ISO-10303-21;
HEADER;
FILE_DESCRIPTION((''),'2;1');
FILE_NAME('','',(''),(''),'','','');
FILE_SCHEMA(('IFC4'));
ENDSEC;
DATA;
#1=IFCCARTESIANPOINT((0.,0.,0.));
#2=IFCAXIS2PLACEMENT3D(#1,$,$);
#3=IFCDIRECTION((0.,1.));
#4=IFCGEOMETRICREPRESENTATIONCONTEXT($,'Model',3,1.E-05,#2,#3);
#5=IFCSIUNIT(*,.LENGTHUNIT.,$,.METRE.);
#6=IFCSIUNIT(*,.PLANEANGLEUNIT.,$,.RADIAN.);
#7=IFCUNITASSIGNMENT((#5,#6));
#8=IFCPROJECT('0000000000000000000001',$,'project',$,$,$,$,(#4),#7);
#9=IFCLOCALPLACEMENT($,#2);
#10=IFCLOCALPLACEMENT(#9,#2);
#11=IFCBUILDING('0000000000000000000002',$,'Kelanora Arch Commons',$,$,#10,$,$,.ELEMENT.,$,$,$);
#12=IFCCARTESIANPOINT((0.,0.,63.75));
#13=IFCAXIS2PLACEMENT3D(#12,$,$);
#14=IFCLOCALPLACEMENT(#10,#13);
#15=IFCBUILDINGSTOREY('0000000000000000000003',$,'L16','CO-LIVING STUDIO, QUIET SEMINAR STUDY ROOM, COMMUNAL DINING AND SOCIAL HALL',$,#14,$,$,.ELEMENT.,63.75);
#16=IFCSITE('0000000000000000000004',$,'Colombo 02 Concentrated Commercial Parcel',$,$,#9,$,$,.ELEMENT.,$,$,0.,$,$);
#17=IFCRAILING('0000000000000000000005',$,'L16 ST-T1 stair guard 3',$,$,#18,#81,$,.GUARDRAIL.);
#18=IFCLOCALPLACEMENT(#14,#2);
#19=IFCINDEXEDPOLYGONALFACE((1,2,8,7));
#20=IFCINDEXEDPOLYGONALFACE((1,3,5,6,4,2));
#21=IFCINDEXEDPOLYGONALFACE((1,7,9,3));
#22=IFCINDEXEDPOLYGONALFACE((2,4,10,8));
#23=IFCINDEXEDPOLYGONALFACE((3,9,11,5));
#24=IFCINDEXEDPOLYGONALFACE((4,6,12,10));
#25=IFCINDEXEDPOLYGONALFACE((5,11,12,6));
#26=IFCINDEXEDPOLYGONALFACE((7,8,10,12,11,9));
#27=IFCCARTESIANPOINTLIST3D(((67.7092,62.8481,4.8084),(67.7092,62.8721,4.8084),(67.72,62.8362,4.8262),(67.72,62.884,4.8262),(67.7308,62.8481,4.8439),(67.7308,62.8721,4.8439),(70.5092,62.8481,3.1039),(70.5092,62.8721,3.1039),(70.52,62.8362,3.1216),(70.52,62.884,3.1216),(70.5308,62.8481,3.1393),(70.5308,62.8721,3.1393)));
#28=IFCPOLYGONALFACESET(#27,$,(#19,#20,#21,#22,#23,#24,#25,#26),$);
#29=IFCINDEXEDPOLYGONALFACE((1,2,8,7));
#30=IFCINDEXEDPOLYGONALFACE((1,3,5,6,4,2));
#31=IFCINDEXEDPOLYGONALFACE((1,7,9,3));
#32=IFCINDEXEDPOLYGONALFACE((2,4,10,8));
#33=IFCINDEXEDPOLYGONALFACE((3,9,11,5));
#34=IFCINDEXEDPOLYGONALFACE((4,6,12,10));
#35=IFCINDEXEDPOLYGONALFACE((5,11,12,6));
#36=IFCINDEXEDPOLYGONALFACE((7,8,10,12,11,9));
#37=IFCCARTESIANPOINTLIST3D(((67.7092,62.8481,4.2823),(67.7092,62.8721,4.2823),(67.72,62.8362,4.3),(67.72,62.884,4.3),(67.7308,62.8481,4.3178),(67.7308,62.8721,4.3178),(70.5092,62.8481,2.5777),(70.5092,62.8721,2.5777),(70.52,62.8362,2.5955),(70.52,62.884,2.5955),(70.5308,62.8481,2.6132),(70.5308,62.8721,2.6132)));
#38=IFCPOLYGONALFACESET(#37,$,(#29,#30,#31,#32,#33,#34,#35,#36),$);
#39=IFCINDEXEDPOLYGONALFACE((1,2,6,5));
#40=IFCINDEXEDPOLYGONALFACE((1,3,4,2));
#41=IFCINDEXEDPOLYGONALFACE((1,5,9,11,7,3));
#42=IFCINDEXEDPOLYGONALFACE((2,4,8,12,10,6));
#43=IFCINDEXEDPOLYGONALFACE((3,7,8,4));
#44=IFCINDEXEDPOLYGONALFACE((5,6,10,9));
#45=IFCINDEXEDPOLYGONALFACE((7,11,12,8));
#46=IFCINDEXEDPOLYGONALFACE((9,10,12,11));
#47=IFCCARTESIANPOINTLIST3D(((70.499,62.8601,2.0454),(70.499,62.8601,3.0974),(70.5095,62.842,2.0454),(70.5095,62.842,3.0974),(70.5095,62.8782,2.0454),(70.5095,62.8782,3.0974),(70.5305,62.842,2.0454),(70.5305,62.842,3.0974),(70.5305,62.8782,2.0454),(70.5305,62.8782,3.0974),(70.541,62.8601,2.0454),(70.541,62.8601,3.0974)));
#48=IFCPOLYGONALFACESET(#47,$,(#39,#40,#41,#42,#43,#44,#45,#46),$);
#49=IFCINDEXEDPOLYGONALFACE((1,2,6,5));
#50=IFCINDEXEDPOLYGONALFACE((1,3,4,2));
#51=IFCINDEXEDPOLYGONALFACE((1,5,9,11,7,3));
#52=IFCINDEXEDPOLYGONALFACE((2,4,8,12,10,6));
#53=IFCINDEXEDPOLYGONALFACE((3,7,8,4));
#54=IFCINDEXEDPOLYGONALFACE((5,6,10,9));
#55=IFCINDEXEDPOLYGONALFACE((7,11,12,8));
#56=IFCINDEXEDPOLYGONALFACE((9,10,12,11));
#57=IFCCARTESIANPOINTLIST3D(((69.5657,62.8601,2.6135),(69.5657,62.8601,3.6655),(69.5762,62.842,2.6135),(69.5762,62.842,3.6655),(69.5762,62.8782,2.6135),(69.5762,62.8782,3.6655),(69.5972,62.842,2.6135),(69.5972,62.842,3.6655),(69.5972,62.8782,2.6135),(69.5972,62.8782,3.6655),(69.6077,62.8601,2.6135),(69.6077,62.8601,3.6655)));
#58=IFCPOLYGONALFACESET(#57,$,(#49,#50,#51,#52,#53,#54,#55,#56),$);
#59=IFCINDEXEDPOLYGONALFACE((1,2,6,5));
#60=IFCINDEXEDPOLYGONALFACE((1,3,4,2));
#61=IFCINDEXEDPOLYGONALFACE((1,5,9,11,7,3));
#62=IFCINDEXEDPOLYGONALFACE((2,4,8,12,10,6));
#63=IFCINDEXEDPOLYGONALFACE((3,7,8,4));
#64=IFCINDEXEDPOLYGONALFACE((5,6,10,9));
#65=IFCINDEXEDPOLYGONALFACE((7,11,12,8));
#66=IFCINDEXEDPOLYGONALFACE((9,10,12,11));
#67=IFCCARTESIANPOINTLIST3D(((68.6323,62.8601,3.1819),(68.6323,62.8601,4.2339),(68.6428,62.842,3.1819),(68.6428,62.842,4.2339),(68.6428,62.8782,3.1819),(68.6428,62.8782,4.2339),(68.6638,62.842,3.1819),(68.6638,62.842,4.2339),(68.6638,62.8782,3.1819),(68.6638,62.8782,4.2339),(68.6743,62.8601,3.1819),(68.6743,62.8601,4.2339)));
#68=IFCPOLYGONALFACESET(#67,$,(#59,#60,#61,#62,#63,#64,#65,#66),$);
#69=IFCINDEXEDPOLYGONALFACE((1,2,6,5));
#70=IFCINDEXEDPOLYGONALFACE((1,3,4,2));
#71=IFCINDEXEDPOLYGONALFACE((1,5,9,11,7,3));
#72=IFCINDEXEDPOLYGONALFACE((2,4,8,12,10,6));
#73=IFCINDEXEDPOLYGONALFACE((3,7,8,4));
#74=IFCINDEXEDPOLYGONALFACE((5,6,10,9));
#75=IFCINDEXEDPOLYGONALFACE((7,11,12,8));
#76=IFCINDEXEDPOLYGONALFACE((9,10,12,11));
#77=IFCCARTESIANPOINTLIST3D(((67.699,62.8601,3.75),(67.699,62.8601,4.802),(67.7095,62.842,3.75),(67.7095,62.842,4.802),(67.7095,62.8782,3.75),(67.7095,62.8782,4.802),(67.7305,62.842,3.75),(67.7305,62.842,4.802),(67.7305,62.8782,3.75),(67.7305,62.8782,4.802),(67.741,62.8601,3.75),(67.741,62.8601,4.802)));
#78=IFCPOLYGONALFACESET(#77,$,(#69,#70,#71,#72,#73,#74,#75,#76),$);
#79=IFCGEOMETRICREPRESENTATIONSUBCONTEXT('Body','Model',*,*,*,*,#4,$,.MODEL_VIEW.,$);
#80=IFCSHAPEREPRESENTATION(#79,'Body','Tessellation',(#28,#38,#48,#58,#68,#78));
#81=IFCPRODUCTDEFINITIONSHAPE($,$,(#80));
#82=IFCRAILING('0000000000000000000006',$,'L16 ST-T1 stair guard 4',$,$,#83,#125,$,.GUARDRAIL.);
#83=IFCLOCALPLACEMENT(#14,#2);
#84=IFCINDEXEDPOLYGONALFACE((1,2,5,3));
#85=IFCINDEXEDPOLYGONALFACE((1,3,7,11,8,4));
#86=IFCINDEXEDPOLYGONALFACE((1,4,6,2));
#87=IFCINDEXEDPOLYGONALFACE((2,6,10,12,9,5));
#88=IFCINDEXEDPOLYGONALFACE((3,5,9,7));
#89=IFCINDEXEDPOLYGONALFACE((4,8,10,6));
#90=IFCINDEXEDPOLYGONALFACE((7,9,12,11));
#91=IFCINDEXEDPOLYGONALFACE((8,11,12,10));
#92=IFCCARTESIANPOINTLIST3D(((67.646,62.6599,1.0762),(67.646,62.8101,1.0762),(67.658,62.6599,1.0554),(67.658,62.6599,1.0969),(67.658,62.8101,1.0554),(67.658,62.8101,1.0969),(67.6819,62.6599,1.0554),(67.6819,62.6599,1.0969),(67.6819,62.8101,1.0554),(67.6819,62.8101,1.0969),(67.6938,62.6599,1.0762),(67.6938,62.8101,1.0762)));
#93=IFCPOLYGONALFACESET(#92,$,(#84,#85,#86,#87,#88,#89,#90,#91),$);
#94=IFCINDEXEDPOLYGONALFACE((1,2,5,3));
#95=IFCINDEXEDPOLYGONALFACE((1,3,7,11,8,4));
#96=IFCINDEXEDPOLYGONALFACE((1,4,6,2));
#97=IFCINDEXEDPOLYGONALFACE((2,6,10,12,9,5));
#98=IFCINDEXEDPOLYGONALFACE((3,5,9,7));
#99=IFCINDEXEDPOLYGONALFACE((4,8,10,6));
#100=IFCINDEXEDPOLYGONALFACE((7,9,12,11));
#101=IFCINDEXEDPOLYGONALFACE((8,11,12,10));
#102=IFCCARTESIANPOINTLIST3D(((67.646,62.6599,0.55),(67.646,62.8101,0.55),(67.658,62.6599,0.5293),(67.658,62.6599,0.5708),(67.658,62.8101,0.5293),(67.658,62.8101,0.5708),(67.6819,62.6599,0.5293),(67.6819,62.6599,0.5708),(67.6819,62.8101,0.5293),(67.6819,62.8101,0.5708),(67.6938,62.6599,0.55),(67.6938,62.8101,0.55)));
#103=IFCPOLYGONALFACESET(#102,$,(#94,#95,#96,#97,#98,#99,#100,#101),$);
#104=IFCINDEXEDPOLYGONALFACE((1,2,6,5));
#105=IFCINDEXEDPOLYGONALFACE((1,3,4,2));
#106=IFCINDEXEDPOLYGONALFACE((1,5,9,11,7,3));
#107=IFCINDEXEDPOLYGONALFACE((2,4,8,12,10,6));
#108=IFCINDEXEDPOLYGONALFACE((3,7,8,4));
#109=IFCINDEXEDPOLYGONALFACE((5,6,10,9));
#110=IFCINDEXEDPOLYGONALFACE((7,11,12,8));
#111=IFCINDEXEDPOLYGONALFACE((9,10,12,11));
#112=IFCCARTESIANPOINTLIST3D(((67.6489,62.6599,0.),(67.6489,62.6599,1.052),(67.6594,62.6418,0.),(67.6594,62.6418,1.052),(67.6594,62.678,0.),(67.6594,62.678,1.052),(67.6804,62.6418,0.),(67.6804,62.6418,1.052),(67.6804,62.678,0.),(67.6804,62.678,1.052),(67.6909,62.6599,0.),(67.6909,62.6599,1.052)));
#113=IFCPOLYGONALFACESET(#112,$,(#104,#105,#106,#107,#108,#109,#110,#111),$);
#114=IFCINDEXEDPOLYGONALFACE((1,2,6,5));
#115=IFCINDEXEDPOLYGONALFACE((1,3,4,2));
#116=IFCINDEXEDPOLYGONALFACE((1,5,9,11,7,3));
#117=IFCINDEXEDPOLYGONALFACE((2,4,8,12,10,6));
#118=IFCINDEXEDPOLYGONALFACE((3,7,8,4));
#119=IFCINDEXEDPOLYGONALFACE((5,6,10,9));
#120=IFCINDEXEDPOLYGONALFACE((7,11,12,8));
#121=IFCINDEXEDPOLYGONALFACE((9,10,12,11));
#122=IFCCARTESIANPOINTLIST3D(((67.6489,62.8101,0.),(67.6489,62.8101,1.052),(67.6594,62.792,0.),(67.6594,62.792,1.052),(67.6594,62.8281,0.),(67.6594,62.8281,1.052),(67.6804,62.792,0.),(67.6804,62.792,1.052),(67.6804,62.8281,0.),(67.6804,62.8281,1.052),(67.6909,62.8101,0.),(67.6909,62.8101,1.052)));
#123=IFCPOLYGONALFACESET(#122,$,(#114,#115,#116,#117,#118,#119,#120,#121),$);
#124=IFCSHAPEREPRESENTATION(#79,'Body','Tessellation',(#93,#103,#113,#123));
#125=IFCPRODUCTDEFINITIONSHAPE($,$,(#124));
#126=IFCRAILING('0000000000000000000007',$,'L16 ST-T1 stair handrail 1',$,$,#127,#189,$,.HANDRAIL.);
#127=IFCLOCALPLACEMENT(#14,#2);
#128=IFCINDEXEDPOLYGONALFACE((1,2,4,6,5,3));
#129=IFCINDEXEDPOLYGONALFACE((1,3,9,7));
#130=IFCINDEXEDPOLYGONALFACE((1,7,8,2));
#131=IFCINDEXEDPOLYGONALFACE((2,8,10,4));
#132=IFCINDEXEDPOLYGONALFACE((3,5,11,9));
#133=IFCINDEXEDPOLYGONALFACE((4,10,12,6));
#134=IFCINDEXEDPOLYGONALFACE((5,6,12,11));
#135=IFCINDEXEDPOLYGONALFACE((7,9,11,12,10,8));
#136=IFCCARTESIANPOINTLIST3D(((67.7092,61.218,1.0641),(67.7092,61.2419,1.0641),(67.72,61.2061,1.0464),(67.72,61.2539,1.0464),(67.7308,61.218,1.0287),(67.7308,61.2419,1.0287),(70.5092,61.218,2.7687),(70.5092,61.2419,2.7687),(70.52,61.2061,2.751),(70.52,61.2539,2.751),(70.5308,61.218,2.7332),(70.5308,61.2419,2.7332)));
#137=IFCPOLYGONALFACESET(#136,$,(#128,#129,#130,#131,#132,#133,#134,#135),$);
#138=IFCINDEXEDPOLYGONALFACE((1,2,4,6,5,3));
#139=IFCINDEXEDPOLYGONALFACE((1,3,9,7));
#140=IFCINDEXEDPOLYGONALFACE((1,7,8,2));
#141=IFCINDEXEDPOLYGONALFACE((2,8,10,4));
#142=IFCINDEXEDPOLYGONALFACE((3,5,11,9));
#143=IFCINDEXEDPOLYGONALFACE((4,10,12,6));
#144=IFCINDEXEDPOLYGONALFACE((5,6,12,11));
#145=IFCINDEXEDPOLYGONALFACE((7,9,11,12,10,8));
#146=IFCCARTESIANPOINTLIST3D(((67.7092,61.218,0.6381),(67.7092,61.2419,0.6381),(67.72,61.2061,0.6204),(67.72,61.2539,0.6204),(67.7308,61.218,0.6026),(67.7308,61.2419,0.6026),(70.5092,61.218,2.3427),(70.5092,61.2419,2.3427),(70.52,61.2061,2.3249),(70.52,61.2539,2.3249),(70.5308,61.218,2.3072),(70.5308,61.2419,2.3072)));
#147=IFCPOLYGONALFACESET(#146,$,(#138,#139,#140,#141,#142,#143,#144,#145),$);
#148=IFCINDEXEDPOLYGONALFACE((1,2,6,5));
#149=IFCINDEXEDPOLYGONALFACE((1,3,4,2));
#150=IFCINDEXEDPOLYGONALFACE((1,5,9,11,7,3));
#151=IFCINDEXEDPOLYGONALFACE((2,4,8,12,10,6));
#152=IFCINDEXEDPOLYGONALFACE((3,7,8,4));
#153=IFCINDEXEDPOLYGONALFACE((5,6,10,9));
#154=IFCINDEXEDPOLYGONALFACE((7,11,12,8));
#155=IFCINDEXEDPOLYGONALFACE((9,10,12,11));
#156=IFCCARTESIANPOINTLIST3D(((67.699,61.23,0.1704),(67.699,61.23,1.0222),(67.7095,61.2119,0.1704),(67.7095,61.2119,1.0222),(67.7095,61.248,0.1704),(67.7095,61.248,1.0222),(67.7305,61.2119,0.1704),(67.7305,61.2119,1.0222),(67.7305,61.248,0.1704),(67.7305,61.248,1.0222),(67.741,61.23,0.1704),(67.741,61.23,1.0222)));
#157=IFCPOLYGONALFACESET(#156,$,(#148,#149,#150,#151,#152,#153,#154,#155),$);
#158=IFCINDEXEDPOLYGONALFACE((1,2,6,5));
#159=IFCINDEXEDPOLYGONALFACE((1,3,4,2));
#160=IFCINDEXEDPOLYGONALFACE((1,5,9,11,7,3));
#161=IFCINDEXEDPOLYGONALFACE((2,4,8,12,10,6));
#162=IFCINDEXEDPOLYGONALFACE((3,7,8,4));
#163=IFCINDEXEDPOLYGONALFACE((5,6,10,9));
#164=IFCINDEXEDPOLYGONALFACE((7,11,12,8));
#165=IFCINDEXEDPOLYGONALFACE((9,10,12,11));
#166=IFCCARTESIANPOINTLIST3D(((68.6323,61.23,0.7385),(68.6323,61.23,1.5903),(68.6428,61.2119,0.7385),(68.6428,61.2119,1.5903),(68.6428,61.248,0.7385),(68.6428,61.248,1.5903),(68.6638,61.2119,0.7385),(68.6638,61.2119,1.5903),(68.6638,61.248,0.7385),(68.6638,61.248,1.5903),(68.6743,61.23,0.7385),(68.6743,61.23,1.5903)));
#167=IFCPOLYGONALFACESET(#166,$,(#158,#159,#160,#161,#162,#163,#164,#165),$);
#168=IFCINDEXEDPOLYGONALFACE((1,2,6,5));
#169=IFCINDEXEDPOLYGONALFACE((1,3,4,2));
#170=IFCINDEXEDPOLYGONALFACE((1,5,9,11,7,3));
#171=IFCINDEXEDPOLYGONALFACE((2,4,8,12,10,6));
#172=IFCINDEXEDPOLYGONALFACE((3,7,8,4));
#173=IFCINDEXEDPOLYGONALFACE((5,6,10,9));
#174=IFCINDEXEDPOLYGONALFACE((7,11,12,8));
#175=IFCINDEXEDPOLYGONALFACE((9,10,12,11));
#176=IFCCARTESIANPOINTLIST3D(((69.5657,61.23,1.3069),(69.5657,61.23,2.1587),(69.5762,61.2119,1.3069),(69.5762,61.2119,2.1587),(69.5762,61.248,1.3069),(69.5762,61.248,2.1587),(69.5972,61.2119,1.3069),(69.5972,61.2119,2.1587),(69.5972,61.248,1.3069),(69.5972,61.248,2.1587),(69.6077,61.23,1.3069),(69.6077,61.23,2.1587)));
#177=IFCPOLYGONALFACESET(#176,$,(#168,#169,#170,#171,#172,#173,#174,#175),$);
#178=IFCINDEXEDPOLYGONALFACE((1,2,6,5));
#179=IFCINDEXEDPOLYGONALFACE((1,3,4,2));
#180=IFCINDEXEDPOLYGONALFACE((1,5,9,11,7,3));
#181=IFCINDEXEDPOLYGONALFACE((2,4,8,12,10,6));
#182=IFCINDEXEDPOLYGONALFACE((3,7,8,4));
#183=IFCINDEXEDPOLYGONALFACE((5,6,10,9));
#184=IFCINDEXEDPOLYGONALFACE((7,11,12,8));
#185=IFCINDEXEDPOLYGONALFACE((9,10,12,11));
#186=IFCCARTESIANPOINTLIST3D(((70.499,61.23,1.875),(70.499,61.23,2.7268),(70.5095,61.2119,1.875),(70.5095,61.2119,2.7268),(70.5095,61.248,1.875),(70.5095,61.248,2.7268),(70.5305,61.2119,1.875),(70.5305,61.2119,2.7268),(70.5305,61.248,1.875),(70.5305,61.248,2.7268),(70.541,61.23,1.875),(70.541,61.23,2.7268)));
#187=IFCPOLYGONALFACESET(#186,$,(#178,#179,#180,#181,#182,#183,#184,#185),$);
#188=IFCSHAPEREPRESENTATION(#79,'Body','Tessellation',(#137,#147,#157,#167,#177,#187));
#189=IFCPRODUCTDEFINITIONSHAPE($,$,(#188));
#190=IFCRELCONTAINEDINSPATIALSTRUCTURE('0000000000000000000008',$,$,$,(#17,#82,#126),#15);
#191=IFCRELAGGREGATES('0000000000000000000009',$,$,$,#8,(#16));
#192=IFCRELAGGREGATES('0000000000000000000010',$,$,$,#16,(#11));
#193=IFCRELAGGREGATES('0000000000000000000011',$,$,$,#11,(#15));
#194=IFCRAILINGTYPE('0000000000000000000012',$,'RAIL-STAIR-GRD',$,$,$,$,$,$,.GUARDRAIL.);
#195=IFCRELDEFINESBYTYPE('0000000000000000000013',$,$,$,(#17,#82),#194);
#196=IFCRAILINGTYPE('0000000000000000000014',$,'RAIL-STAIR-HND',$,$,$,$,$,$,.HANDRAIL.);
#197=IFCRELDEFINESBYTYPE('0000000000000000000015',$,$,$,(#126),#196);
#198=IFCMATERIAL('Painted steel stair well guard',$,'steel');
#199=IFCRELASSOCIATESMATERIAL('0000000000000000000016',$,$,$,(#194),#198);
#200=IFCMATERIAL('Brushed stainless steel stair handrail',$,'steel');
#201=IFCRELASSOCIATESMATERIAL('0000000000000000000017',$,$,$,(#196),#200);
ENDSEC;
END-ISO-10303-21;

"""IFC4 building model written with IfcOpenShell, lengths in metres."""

from ifc_helpers import new_model, si_unit, direction, frame, origin, place, context, subcontext, project, spatial, polyline, outline, extrude, material, type_object, element, save


model = new_model("IFC4")

# Units and contexts
model_context = context("Model", 3, precision=1e-05, world=origin(), true_north=direction((0.0, 1.0)))
body_context = subcontext(model_context, "Body", "Model", "MODEL_VIEW")
ifc_project = project(units=[si_unit("LENGTHUNIT", "METRE"), si_unit("PLANEANGLEUNIT", "RADIAN")], contexts=[model_context])

# Site, building, storey
site_placement = place(None, origin())
site = spatial("IfcSite", under=ifc_project, at=site_placement, Name="Colombo 02 Concentrated Commercial Parcel", CompositionType="ELEMENT", RefElevation=0.0)
building_placement = place(site_placement, origin())
building = spatial("IfcBuilding", under=site, at=building_placement, Name="Kelanora Arch Commons", CompositionType="ELEMENT")
storey_placement = place(building_placement, frame((0.0, 0.0, 63.75)))
storey = spatial("IfcBuildingStorey", under=building, at=storey_placement, Name="L16", Description="CO-LIVING STUDIO, QUIET SEMINAR STUDY ROOM, COMMUNAL DINING AND SOCIAL HALL", CompositionType="ELEMENT", Elevation=63.75)

# Railings
ifc_material_1 = material(Name="Painted steel stair well guard", Category="steel")
railing_type_1 = type_object("IfcRailingType", Name="RAIL-STAIR-GRD", PredefinedType="GUARDRAIL", material=ifc_material_1)
railing_1_placement = place(storey_placement, frame((70.52, 62.8601, 2.0454)))
element("IfcRailing", 1, at=railing_1_placement, inside=storey, type_object=railing_type_1, Name="L16 ST-T1 stair guard 3", PredefinedType="GUARDRAIL", context=body_context, shape_type="SweptSolid", body=[
    extrude(outline(polyline([(0.0239, 0.0), (0.012, 0.0208), (-0.012, 0.0208), (-0.0239, 0.0), (-0.012, -0.0208), (0.012, -0.0208), (0.0239, 0.0)])), frame((0.0, 0.0, 1.0762), z_axis=(-0.85417, 0.0, 0.519994), x_axis=(0.0, -1.0, 0.0)), (0.0, 0.0, 1.0), 3.2781),
    extrude(outline(polyline([(0.0239, 0.0), (0.012, 0.0208), (-0.012, 0.0208), (-0.0239, 0.0), (-0.012, -0.0208), (0.012, -0.0208), (0.0239, 0.0)])), frame((0.0, 0.0, 0.55), z_axis=(-0.85417, 0.0, 0.519994), x_axis=(0.0, -1.0, 0.0)), (0.0, 0.0, 1.0), 3.2781),
    extrude(outline(polyline([(0.021, 0.0), (0.0105, 0.0181), (-0.0105, 0.0181), (-0.021, 0.0), (-0.0105, -0.0181), (0.0105, -0.0181), (0.021, 0.0)])), origin(), (0.0, 0.0, 1.0), 1.052),
    extrude(outline(polyline([(0.021, 0.0), (0.0105, 0.0181), (-0.0105, 0.0181), (-0.021, 0.0), (-0.0105, -0.0181), (0.0105, -0.0181), (0.021, 0.0)])), frame((-0.9333, 0.0, 0.5681)), (0.0, 0.0, 1.0), 1.052),
    extrude(outline(polyline([(0.021, 0.0), (0.0105, 0.0181), (-0.0105, 0.0181), (-0.021, 0.0), (-0.0105, -0.0181), (0.0105, -0.0181), (0.021, 0.0)])), frame((-1.8667, 0.0, 1.1365)), (0.0, 0.0, 1.0), 1.052),
    extrude(outline(polyline([(0.021, 0.0), (0.0105, 0.0181), (-0.0105, 0.0181), (-0.021, 0.0), (-0.0105, -0.0181), (0.0105, -0.0181), (0.021, 0.0)])), frame((-2.8, 0.0, 1.7046)), (0.0, 0.0, 1.0), 1.052),
])
railing_2_placement = place(storey_placement, frame((67.6699, 62.6599, 0.0)))
element("IfcRailing", 2, at=railing_2_placement, inside=storey, type_object=railing_type_1, Name="L16 ST-T1 stair guard 4", PredefinedType="GUARDRAIL", context=body_context, shape_type="SweptSolid", body=[
    extrude(outline(polyline([(0.0239, 0.0), (0.012, 0.0208), (-0.012, 0.0208), (-0.0239, 0.0), (-0.012, -0.0208), (0.012, -0.0208), (0.0239, 0.0)])), frame((0.0, 0.0, 1.0762), z_axis=(0.0, 1.0, 0.0), x_axis=(-1.0, 0.0, 0.0)), (0.0, 0.0, 1.0), 0.1501),
    extrude(outline(polyline([(0.0239, 0.0), (0.012, 0.0208), (-0.012, 0.0208), (-0.0239, 0.0), (-0.012, -0.0208), (0.012, -0.0208), (0.0239, 0.0)])), frame((0.0, 0.0, 0.55), z_axis=(0.0, 1.0, 0.0), x_axis=(-1.0, 0.0, 0.0)), (0.0, 0.0, 1.0), 0.1501),
    extrude(outline(polyline([(0.021, 0.0), (0.0105, 0.0181), (-0.0105, 0.0181), (-0.021, 0.0), (-0.0105, -0.0181), (0.0105, -0.0181), (0.021, 0.0)])), origin(), (0.0, 0.0, 1.0), 1.052),
    extrude(outline(polyline([(0.021, 0.0), (0.0105, 0.0181), (-0.0105, 0.0181), (-0.021, 0.0), (-0.0105, -0.0181), (0.0105, -0.0181), (0.021, 0.0)])), frame((0.0, 0.1501, 0.0)), (0.0, 0.0, 1.0), 1.052),
])
ifc_material_2 = material(Name="Brushed stainless steel stair handrail", Category="steel")
railing_type_2 = type_object("IfcRailingType", Name="RAIL-STAIR-HND", PredefinedType="HANDRAIL", material=ifc_material_2)
railing_3_placement = place(storey_placement, frame((67.72, 61.23, 0.1704)))
element("IfcRailing", 3, at=railing_3_placement, inside=storey, type_object=railing_type_2, Name="L16 ST-T1 stair handrail 1", PredefinedType="HANDRAIL", context=body_context, shape_type="SweptSolid", body=[
    extrude(outline(polyline([(0.0239, 0.0), (0.012, 0.0208), (-0.012, 0.0208), (-0.0239, 0.0), (-0.012, -0.0208), (0.012, -0.0208), (0.0239, 0.0)])), frame((0.0, 0.0, 0.876), z_axis=(0.85417, 0.0, 0.519994), x_axis=(0.0, 1.0, 0.0)), (0.0, 0.0, 1.0), 3.2781),
    extrude(outline(polyline([(0.0239, 0.0), (0.012, 0.0208), (-0.012, 0.0208), (-0.0239, 0.0), (-0.012, -0.0208), (0.012, -0.0208), (0.0239, 0.0)])), frame((0.0, 0.0, 0.45), z_axis=(0.85417, 0.0, 0.519994), x_axis=(0.0, 1.0, 0.0)), (0.0, 0.0, 1.0), 3.2781),
    extrude(outline(polyline([(0.021, 0.0), (0.0105, 0.0181), (-0.0105, 0.0181), (-0.021, 0.0), (-0.0105, -0.0181), (0.0105, -0.0181), (0.021, 0.0)])), origin(), (0.0, 0.0, 1.0), 0.8518),
    extrude(outline(polyline([(0.021, 0.0), (0.0105, 0.0181), (-0.0105, 0.0181), (-0.021, 0.0), (-0.0105, -0.0181), (0.0105, -0.0181), (0.021, 0.0)])), frame((0.9333, 0.0, 0.5681)), (0.0, 0.0, 1.0), 0.8518),
    extrude(outline(polyline([(0.021, 0.0), (0.0105, 0.0181), (-0.0105, 0.0181), (-0.021, 0.0), (-0.0105, -0.0181), (0.0105, -0.0181), (0.021, 0.0)])), frame((1.8667, 0.0, 1.1365)), (0.0, 0.0, 1.0), 0.8518),
    extrude(outline(polyline([(0.021, 0.0), (0.0105, 0.0181), (-0.0105, 0.0181), (-0.021, 0.0), (-0.0105, -0.0181), (0.0105, -0.0181), (0.021, 0.0)])), frame((2.8, 0.0, 1.7046)), (0.0, 0.0, 1.0), 0.8518),
])

save(model, "model.ifc")
